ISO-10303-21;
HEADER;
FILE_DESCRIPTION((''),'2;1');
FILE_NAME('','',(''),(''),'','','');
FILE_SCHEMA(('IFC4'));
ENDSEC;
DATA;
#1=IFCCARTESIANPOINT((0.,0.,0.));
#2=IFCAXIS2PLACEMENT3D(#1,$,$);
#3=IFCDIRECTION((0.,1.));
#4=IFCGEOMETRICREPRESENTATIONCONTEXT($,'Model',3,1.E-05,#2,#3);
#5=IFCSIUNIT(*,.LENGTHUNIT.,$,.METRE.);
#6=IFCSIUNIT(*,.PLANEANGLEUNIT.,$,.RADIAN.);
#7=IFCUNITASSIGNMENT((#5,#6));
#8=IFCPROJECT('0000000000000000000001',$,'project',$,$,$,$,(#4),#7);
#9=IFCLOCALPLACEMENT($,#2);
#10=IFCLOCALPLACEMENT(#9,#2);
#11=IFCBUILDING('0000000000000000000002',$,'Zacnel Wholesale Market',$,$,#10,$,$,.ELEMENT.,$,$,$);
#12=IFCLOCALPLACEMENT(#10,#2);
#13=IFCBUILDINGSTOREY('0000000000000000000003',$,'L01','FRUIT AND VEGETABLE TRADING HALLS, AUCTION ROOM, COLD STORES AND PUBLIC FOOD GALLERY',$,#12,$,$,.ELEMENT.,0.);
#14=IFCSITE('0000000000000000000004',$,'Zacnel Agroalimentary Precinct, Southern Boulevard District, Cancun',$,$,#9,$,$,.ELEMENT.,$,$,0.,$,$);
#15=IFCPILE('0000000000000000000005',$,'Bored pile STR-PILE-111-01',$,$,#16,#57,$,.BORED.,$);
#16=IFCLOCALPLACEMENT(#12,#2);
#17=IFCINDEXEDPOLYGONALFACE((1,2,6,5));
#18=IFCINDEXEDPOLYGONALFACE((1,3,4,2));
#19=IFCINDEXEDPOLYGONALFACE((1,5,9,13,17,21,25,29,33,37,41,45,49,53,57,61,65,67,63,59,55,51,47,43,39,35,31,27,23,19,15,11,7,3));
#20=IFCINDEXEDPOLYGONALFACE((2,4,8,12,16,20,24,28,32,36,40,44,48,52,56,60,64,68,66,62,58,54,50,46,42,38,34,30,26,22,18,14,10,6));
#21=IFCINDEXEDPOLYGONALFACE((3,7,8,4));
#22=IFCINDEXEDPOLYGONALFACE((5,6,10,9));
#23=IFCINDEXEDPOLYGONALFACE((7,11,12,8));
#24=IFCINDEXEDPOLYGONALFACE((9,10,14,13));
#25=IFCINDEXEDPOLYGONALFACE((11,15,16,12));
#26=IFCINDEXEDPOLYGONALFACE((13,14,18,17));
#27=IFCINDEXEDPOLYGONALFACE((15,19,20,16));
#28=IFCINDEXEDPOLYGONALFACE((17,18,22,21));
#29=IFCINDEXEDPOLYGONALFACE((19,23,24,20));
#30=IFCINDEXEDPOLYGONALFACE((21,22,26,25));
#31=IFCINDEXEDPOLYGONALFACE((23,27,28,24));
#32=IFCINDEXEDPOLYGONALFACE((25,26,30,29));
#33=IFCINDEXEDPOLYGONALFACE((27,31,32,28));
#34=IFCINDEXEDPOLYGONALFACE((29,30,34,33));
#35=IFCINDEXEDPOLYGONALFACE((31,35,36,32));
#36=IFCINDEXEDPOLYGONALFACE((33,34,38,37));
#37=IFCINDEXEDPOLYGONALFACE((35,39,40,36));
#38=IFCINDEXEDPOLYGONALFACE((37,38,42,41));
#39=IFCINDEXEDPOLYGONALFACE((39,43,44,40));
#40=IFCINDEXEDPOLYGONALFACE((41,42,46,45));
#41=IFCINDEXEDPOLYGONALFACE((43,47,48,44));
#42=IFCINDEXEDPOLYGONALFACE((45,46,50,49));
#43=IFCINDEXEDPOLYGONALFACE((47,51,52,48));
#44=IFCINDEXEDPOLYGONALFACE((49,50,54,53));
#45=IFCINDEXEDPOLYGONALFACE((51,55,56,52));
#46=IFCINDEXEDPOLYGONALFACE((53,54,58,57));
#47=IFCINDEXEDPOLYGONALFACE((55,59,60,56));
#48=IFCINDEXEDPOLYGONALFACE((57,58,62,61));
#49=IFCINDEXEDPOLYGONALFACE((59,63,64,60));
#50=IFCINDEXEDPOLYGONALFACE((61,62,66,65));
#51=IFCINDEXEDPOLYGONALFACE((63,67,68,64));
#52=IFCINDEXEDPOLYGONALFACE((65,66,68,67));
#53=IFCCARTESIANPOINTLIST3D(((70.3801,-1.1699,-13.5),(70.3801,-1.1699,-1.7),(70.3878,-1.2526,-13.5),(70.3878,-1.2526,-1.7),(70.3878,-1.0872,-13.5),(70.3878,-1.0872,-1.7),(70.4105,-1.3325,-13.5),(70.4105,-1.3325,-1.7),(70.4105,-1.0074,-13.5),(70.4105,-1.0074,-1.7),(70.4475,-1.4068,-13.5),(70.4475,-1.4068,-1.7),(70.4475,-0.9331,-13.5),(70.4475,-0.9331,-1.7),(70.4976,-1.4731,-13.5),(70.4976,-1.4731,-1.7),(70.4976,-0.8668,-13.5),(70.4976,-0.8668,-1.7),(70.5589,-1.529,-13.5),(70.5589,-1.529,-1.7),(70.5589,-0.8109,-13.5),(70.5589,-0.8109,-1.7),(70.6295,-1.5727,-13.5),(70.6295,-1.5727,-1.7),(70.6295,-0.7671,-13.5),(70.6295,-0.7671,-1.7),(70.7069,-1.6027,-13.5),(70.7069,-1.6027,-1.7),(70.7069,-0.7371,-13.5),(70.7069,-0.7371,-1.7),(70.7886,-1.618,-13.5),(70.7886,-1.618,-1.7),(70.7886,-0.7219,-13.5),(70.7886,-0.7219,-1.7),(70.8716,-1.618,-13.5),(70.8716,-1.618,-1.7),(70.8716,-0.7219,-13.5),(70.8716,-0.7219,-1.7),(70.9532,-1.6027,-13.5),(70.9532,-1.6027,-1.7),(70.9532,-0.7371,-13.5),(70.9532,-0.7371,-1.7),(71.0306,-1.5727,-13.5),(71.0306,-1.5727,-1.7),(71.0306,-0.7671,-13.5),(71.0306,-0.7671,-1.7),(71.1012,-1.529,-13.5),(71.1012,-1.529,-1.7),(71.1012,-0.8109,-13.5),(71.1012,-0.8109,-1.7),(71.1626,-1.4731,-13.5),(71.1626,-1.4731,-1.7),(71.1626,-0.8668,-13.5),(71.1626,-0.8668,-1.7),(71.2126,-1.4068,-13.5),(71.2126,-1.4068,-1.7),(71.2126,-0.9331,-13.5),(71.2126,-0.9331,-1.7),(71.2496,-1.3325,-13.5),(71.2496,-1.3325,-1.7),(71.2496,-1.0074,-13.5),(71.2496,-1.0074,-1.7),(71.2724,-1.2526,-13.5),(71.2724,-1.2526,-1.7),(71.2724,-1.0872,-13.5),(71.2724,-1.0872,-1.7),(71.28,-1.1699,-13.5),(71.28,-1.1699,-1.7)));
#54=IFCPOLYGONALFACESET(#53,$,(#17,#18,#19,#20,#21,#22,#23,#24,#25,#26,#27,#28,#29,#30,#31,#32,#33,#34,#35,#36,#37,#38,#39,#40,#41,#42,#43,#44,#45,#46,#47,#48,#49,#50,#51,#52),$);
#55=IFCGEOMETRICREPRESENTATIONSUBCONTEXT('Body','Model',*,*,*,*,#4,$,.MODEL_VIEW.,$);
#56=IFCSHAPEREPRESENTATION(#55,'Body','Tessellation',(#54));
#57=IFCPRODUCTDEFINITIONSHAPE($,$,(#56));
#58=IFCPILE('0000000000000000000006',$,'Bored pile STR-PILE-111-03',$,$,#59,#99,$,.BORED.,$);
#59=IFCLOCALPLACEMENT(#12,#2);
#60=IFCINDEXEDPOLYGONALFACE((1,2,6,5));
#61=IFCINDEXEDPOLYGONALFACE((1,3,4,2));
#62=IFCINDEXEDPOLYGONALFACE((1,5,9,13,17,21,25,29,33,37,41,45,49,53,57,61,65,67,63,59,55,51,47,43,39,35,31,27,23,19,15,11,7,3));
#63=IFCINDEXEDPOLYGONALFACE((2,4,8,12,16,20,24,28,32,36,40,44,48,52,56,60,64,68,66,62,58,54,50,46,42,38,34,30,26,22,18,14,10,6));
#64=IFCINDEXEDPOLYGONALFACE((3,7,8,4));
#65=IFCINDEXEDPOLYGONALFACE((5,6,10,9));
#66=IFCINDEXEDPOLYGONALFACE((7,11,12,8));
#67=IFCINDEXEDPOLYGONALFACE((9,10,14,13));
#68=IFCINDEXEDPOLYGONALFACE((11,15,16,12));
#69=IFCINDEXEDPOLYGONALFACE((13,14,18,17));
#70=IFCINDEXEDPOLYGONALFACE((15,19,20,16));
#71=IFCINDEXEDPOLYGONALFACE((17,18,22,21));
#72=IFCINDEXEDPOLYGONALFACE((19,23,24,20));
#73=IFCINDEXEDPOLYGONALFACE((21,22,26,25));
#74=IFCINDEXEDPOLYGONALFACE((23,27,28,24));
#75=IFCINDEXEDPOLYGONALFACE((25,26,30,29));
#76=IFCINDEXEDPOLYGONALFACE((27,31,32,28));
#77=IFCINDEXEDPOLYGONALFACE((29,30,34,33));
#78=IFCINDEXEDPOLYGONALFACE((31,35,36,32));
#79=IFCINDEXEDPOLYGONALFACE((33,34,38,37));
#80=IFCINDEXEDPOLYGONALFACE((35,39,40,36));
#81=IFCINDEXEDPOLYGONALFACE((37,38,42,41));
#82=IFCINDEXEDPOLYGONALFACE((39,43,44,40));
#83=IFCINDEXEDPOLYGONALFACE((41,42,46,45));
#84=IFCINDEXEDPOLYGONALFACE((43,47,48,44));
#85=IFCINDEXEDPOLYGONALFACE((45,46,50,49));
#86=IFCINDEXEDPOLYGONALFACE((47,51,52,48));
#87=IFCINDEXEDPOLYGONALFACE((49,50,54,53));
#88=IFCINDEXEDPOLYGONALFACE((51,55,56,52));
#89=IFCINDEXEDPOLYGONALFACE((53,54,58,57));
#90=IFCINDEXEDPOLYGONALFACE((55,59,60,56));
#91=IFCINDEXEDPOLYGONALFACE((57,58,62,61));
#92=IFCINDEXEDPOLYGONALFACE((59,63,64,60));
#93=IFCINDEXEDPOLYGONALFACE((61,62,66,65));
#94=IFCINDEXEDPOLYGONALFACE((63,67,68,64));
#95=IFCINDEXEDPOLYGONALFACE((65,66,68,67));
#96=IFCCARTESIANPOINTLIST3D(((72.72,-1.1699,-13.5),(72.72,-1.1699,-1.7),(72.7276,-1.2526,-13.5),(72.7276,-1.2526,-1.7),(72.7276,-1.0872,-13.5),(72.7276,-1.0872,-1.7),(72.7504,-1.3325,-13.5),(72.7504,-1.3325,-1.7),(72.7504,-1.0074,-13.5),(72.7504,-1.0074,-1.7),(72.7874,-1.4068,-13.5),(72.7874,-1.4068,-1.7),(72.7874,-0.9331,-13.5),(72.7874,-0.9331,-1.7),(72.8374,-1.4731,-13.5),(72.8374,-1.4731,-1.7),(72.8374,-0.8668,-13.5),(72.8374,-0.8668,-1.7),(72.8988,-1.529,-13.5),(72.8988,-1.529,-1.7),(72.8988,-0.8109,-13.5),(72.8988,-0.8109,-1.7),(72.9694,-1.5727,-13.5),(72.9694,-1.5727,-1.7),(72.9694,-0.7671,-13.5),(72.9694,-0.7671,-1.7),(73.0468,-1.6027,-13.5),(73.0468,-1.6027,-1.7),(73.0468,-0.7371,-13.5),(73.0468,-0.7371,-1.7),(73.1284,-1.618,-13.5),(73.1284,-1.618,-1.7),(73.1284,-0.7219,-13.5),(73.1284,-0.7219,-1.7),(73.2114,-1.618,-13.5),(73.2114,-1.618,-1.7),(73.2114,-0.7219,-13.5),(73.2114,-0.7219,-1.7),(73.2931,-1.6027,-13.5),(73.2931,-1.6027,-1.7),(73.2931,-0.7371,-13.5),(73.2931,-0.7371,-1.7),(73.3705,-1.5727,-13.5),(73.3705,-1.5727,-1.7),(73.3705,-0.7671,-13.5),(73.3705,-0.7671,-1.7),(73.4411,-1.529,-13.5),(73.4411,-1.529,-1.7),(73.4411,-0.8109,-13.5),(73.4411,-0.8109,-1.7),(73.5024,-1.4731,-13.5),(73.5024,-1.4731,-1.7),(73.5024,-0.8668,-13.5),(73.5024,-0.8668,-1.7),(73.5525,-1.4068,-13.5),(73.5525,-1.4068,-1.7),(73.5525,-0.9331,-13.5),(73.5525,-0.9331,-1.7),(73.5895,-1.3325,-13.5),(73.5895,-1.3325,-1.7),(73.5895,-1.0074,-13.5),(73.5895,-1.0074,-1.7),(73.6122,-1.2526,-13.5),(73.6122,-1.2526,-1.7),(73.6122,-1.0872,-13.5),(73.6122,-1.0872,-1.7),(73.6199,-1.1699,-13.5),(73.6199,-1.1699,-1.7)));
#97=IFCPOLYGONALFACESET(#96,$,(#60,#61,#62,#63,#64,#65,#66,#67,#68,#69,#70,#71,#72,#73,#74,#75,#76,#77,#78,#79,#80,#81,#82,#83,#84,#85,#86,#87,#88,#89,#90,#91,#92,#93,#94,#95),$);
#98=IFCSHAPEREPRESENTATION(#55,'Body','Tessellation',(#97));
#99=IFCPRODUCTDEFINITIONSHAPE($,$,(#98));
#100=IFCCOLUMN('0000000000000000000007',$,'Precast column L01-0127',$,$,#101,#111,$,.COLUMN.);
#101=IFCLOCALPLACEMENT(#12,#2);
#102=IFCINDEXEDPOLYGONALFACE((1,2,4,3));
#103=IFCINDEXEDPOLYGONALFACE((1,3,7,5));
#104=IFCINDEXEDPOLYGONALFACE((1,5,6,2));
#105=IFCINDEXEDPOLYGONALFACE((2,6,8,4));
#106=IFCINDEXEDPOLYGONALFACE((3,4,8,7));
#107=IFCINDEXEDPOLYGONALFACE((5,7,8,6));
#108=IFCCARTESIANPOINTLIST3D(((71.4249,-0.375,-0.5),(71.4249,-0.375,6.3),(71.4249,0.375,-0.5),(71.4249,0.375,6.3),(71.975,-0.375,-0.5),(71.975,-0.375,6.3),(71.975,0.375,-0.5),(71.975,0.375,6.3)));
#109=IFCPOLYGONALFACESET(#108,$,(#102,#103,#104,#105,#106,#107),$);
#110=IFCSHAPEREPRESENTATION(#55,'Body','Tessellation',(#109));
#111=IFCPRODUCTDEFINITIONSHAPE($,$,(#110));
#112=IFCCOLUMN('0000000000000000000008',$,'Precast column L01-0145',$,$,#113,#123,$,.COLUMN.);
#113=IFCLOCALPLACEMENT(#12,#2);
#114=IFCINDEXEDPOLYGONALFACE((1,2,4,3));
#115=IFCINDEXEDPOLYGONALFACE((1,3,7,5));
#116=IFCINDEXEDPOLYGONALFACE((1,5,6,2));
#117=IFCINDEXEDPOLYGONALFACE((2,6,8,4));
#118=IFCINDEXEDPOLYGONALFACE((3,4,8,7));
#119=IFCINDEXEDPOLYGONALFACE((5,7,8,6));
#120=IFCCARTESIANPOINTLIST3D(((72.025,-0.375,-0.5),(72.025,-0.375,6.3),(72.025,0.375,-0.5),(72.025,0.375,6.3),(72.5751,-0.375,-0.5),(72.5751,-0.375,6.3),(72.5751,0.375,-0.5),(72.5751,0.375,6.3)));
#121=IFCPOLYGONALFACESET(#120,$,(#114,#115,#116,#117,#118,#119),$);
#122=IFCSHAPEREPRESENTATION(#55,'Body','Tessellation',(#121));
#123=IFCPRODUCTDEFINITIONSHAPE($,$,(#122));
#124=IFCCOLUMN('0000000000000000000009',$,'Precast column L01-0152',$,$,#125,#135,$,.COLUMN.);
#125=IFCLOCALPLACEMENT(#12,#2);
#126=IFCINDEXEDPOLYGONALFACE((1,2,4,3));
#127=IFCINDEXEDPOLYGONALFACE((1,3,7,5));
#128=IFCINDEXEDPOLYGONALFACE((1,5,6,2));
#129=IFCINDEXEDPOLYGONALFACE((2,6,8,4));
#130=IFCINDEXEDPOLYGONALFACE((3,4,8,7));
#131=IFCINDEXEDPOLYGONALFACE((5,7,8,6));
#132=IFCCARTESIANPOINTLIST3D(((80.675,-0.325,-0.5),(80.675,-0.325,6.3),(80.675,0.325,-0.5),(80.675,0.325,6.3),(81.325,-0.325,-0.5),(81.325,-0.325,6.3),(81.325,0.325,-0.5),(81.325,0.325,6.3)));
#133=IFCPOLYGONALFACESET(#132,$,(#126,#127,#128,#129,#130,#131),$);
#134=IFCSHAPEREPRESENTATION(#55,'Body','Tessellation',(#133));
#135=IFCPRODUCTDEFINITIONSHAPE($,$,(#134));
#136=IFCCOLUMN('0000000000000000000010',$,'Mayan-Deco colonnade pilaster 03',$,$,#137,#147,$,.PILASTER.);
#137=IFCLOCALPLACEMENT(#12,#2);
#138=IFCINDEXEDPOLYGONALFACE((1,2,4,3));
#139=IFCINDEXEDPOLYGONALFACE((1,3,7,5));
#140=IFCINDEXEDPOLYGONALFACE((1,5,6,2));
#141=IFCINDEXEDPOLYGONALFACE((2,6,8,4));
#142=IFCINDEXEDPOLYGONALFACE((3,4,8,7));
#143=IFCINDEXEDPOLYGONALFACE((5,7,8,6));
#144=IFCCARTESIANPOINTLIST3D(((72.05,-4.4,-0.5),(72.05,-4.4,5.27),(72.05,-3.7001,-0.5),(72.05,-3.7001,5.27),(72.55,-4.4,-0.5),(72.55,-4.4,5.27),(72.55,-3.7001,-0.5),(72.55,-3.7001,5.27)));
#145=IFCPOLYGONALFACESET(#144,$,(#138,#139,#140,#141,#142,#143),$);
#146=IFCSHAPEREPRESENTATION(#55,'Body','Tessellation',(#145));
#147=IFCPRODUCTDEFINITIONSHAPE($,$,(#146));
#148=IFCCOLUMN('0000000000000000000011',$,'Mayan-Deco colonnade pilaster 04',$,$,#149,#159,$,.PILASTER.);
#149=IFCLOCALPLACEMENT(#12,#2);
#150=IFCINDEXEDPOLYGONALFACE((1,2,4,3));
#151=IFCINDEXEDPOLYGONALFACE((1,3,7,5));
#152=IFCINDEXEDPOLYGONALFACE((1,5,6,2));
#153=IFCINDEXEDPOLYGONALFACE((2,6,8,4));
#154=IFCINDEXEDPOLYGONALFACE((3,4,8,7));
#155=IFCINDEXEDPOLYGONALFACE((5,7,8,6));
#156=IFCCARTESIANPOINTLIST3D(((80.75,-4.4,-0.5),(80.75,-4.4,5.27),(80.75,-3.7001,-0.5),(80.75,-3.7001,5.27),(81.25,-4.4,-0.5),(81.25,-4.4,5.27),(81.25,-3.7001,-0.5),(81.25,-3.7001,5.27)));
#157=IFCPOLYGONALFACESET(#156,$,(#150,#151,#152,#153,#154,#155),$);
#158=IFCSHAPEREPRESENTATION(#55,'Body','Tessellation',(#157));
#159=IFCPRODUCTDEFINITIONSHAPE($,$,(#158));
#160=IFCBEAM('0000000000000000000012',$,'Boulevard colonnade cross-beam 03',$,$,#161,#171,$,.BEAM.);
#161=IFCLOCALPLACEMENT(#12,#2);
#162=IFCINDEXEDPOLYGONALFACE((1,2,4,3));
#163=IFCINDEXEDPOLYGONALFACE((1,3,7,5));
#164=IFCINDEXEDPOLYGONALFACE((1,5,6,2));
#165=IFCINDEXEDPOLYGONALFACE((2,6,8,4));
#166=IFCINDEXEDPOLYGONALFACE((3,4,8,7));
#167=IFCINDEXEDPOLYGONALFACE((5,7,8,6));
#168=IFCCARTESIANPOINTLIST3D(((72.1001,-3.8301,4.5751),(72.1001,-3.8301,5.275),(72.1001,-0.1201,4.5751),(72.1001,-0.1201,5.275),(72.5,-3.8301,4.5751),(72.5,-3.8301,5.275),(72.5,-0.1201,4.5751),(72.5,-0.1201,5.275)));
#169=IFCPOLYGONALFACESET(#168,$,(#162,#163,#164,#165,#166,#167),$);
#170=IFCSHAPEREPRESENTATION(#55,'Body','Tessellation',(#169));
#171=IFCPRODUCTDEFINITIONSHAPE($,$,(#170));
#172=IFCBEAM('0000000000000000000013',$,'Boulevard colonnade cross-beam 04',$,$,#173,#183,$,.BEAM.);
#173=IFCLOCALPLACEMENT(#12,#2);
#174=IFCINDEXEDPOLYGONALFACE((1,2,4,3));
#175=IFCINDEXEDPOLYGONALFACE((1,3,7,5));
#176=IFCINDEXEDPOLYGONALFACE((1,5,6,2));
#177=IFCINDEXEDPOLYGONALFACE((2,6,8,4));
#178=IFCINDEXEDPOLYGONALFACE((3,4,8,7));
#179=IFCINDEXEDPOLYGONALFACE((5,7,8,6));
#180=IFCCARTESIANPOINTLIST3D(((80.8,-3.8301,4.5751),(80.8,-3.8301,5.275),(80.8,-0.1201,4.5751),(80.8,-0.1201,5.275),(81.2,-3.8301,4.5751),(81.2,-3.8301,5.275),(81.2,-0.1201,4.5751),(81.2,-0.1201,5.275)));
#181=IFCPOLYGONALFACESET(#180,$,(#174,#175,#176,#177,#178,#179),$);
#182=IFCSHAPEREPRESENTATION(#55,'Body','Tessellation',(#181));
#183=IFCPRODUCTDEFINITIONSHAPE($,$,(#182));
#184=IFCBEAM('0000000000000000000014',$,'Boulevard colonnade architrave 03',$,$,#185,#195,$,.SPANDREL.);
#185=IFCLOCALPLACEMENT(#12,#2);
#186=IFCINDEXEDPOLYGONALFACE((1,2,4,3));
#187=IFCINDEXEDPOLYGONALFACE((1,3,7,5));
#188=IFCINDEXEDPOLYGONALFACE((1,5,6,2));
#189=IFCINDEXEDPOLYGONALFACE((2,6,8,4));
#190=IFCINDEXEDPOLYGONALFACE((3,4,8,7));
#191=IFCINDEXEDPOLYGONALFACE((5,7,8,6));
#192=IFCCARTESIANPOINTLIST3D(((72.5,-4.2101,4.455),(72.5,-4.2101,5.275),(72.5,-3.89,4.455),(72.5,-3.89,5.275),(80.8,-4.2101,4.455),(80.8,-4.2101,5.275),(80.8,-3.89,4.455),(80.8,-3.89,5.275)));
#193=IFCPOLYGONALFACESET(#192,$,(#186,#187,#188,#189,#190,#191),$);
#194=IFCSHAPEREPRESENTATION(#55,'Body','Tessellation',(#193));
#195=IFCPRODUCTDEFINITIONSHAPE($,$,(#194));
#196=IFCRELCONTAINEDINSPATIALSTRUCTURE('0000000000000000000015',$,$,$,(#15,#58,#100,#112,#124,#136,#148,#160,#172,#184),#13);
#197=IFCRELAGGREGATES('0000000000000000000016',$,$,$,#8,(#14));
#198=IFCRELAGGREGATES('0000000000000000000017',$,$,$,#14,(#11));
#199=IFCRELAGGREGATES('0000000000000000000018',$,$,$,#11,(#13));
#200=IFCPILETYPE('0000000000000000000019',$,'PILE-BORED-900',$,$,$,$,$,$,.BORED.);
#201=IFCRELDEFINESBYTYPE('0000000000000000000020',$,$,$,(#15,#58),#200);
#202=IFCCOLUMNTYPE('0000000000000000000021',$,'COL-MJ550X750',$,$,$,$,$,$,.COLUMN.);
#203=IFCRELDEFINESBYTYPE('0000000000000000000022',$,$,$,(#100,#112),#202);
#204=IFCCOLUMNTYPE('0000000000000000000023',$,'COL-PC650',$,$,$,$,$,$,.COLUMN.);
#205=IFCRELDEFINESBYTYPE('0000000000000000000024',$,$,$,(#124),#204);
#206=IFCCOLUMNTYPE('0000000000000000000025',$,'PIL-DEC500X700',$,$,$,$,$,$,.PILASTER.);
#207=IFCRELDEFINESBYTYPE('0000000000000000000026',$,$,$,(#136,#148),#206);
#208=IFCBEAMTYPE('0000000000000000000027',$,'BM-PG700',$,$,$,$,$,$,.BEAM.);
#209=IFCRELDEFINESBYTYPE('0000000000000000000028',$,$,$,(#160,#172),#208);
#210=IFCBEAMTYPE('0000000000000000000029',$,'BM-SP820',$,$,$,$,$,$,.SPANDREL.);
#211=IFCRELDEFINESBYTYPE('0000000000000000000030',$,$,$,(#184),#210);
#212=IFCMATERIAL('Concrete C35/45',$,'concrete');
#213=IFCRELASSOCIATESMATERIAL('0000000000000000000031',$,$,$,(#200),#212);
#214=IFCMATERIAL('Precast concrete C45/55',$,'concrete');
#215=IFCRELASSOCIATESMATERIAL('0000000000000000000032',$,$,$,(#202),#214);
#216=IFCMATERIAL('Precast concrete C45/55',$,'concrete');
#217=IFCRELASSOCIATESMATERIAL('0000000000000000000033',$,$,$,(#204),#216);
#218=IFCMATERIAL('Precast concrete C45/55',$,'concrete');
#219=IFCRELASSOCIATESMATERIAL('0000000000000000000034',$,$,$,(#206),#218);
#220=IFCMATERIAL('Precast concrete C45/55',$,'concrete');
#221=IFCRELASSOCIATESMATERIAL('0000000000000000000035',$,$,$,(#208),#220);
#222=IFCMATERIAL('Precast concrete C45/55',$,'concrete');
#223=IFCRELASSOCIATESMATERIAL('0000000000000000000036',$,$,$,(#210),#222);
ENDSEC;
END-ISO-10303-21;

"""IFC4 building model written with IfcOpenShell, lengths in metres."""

from ifc_helpers import new_model, si_unit, direction, frame, origin, origin_2d, place, context, subcontext, project, spatial, rectangle, circle, extrude, material, material_profile, profile_set, type_object, element, save


model = new_model("IFC4")

# Units and contexts
model_context = context("Model", 3, precision=1e-05, world=origin(), true_north=direction((0.0, 1.0)))
body_context = subcontext(model_context, "Body", "Model", "MODEL_VIEW")
ifc_project = project(units=[si_unit("LENGTHUNIT", "METRE"), si_unit("PLANEANGLEUNIT", "RADIAN")], contexts=[model_context])

# Site, building, storey
site_placement = place(None, origin())
site = spatial("IfcSite", under=ifc_project, at=site_placement, Name="Zacnel Agroalimentary Precinct, Southern Boulevard District, Cancun", CompositionType="ELEMENT", RefElevation=0.0)
building_placement = place(site_placement, origin())
building = spatial("IfcBuilding", under=site, at=building_placement, Name="Zacnel Wholesale Market", CompositionType="ELEMENT")
storey_placement = place(building_placement, origin())
storey = spatial("IfcBuildingStorey", under=building, at=storey_placement, Name="L01", Description="FRUIT AND VEGETABLE TRADING HALLS, AUCTION ROOM, COLD STORES AND PUBLIC FOOD GALLERY", CompositionType="ELEMENT", Elevation=0.0)

# Piles
ifc_material_1 = material(Name="Concrete C35/45", Category="concrete")
ifc_material_profile_1 = material_profile(ifc_material_1, circle(Radius=0.45, at=origin_2d()), Name="BORED PILE D900")
ifc_profile_set_1 = profile_set([ifc_material_profile_1], Name="Concrete C35/45")
pile_type_1 = type_object("IfcPileType", Name="PILE-BORED-900", PredefinedType="BORED", material=ifc_profile_set_1)
for number, where, z_axis, x_axis, name in (
    (1, (70.8301, -1.1699, -1.7), (0.0, 0.0, -1.0), (1.0, 0.0, 0.0), "Bored pile STR-PILE-111-01"),
    (2, (73.1699, -1.1699, -1.7), (0.0, 0.0, -1.0), (1.0, 0.0, 0.0), "Bored pile STR-PILE-111-03"),
):
    element("IfcPile", number, at=place(storey_placement, frame(where, z_axis=z_axis, x_axis=x_axis)), inside=storey, type_object=pile_type_1, Name=name, PredefinedType="BORED", context=body_context, shape_type="SweptSolid", body=[
        extrude(circle(Radius=0.45, at=origin_2d()), origin(), (0.0, 0.0, 1.0), 11.8),
    ])

# Columns
ifc_material_2 = material(Name="Precast concrete C45/55", Category="concrete")
ifc_material_profile_2 = material_profile(ifc_material_2, rectangle(XDim=0.55, YDim=0.75, at=origin_2d()), Name="PC 550x750")
ifc_profile_set_2 = profile_set([ifc_material_profile_2], Name="Precast concrete C45/55")
column_type_1 = type_object("IfcColumnType", Name="COL-MJ550X750", PredefinedType="COLUMN", material=ifc_profile_set_2)
for number, where, z_axis, x_axis, name in (
    (3, (71.7, 0.0, -0.5), (0.0, 0.0, 1.0), (1.0, 0.0, 0.0), "Precast column L01-0127"),
    (4, (72.3, 0.0, -0.5), (0.0, 0.0, 1.0), (1.0, 0.0, 0.0), "Precast column L01-0145"),
):
    element("IfcColumn", number, at=place(storey_placement, frame(where, z_axis=z_axis, x_axis=x_axis)), inside=storey, type_object=column_type_1, Name=name, PredefinedType="COLUMN", context=body_context, shape_type="SweptSolid", body=[
        extrude(rectangle(XDim=0.55, YDim=0.75, at=origin_2d()), origin(), (0.0, 0.0, 1.0), 6.8),
    ])
ifc_material_3 = material(Name="Precast concrete C45/55", Category="concrete")
ifc_material_profile_3 = material_profile(ifc_material_3, rectangle(XDim=0.6499, YDim=0.6499, at=origin_2d()), Name="PC 650x650")
ifc_profile_set_3 = profile_set([ifc_material_profile_3], Name="Precast concrete C45/55")
column_type_2 = type_object("IfcColumnType", Name="COL-PC650", PredefinedType="COLUMN", material=ifc_profile_set_3)
column_placement = place(storey_placement, frame((81.0, 0.0, -0.5), z_axis=(0.0, 0.0, 1.0), x_axis=(1.0, 0.0, 0.0)))
element("IfcColumn", 5, at=column_placement, inside=storey, type_object=column_type_2, Name="Precast column L01-0152", PredefinedType="COLUMN", context=body_context, shape_type="SweptSolid", body=[
    extrude(rectangle(XDim=0.6499, YDim=0.6499, at=origin_2d()), origin(), (0.0, 0.0, 1.0), 6.8),
])
ifc_material_4 = material(Name="Precast concrete C45/55", Category="concrete")
ifc_material_profile_4 = material_profile(ifc_material_4, rectangle(XDim=0.5, YDim=0.7, at=origin_2d()), Name="PIL 500x700")
ifc_profile_set_4 = profile_set([ifc_material_profile_4], Name="Precast concrete C45/55")
column_type_3 = type_object("IfcColumnType", Name="PIL-DEC500X700", PredefinedType="PILASTER", material=ifc_profile_set_4)
for number, where, z_axis, x_axis, name in (
    (6, (72.3, -4.05, -0.5), (0.0, 0.0, 1.0), (1.0, 0.0, 0.0), "Mayan-Deco colonnade pilaster 03"),
    (7, (81.0, -4.05, -0.5), (0.0, 0.0, 1.0), (1.0, 0.0, 0.0), "Mayan-Deco colonnade pilaster 04"),
):
    element("IfcColumn", number, at=place(storey_placement, frame(where, z_axis=z_axis, x_axis=x_axis)), inside=storey, type_object=column_type_3, Name=name, PredefinedType="PILASTER", context=body_context, shape_type="SweptSolid", body=[
        extrude(rectangle(XDim=0.5, YDim=0.7, at=origin_2d()), origin(), (0.0, 0.0, 1.0), 5.77),
    ])

# Beams
ifc_material_5 = material(Name="Precast concrete C45/55", Category="concrete")
ifc_material_profile_5 = material_profile(ifc_material_5, rectangle(XDim=0.3999, YDim=0.7, at=origin_2d()), Name="PG 400x700")
ifc_profile_set_5 = profile_set([ifc_material_profile_5], Name="Precast concrete C45/55")
beam_type_1 = type_object("IfcBeamType", Name="BM-PG700", PredefinedType="BEAM", material=ifc_profile_set_5)
for number, where, z_axis, x_axis, name in (
    (8, (72.3, -3.8301, 4.925), (0.0, 1.0, 0.0), (-1.0, 0.0, 0.0), "Boulevard colonnade cross-beam 03"),
    (9, (81.0, -3.8301, 4.925), (0.0, 1.0, 0.0), (-1.0, 0.0, 0.0), "Boulevard colonnade cross-beam 04"),
):
    element("IfcBeam", number, at=place(storey_placement, frame(where, z_axis=z_axis, x_axis=x_axis)), inside=storey, type_object=beam_type_1, Name=name, PredefinedType="BEAM", context=body_context, shape_type="SweptSolid", body=[
        extrude(rectangle(XDim=0.3999, YDim=0.7, at=origin_2d()), origin(), (0.0, 0.0, 1.0), 3.71),
    ])
ifc_material_6 = material(Name="Precast concrete C45/55", Category="concrete")
ifc_material_profile_6 = material_profile(ifc_material_6, rectangle(XDim=0.3201, YDim=0.8201, at=origin_2d()), Name="SP 320x820")
ifc_profile_set_6 = profile_set([ifc_material_profile_6], Name="Precast concrete C45/55")
beam_type_2 = type_object("IfcBeamType", Name="BM-SP820", PredefinedType="SPANDREL", material=ifc_profile_set_6)
beam_placement = place(storey_placement, frame((72.5, -4.05, 4.865), z_axis=(1.0, 0.0, 0.0), x_axis=(0.0, 1.0, 0.0)))
element("IfcBeam", 10, at=beam_placement, inside=storey, type_object=beam_type_2, Name="Boulevard colonnade architrave 03", PredefinedType="SPANDREL", context=body_context, shape_type="SweptSolid", body=[
    extrude(rectangle(XDim=0.3201, YDim=0.8201, at=origin_2d()), origin(), (0.0, 0.0, 1.0), 8.3),
])

save(model, "model.ifc")
